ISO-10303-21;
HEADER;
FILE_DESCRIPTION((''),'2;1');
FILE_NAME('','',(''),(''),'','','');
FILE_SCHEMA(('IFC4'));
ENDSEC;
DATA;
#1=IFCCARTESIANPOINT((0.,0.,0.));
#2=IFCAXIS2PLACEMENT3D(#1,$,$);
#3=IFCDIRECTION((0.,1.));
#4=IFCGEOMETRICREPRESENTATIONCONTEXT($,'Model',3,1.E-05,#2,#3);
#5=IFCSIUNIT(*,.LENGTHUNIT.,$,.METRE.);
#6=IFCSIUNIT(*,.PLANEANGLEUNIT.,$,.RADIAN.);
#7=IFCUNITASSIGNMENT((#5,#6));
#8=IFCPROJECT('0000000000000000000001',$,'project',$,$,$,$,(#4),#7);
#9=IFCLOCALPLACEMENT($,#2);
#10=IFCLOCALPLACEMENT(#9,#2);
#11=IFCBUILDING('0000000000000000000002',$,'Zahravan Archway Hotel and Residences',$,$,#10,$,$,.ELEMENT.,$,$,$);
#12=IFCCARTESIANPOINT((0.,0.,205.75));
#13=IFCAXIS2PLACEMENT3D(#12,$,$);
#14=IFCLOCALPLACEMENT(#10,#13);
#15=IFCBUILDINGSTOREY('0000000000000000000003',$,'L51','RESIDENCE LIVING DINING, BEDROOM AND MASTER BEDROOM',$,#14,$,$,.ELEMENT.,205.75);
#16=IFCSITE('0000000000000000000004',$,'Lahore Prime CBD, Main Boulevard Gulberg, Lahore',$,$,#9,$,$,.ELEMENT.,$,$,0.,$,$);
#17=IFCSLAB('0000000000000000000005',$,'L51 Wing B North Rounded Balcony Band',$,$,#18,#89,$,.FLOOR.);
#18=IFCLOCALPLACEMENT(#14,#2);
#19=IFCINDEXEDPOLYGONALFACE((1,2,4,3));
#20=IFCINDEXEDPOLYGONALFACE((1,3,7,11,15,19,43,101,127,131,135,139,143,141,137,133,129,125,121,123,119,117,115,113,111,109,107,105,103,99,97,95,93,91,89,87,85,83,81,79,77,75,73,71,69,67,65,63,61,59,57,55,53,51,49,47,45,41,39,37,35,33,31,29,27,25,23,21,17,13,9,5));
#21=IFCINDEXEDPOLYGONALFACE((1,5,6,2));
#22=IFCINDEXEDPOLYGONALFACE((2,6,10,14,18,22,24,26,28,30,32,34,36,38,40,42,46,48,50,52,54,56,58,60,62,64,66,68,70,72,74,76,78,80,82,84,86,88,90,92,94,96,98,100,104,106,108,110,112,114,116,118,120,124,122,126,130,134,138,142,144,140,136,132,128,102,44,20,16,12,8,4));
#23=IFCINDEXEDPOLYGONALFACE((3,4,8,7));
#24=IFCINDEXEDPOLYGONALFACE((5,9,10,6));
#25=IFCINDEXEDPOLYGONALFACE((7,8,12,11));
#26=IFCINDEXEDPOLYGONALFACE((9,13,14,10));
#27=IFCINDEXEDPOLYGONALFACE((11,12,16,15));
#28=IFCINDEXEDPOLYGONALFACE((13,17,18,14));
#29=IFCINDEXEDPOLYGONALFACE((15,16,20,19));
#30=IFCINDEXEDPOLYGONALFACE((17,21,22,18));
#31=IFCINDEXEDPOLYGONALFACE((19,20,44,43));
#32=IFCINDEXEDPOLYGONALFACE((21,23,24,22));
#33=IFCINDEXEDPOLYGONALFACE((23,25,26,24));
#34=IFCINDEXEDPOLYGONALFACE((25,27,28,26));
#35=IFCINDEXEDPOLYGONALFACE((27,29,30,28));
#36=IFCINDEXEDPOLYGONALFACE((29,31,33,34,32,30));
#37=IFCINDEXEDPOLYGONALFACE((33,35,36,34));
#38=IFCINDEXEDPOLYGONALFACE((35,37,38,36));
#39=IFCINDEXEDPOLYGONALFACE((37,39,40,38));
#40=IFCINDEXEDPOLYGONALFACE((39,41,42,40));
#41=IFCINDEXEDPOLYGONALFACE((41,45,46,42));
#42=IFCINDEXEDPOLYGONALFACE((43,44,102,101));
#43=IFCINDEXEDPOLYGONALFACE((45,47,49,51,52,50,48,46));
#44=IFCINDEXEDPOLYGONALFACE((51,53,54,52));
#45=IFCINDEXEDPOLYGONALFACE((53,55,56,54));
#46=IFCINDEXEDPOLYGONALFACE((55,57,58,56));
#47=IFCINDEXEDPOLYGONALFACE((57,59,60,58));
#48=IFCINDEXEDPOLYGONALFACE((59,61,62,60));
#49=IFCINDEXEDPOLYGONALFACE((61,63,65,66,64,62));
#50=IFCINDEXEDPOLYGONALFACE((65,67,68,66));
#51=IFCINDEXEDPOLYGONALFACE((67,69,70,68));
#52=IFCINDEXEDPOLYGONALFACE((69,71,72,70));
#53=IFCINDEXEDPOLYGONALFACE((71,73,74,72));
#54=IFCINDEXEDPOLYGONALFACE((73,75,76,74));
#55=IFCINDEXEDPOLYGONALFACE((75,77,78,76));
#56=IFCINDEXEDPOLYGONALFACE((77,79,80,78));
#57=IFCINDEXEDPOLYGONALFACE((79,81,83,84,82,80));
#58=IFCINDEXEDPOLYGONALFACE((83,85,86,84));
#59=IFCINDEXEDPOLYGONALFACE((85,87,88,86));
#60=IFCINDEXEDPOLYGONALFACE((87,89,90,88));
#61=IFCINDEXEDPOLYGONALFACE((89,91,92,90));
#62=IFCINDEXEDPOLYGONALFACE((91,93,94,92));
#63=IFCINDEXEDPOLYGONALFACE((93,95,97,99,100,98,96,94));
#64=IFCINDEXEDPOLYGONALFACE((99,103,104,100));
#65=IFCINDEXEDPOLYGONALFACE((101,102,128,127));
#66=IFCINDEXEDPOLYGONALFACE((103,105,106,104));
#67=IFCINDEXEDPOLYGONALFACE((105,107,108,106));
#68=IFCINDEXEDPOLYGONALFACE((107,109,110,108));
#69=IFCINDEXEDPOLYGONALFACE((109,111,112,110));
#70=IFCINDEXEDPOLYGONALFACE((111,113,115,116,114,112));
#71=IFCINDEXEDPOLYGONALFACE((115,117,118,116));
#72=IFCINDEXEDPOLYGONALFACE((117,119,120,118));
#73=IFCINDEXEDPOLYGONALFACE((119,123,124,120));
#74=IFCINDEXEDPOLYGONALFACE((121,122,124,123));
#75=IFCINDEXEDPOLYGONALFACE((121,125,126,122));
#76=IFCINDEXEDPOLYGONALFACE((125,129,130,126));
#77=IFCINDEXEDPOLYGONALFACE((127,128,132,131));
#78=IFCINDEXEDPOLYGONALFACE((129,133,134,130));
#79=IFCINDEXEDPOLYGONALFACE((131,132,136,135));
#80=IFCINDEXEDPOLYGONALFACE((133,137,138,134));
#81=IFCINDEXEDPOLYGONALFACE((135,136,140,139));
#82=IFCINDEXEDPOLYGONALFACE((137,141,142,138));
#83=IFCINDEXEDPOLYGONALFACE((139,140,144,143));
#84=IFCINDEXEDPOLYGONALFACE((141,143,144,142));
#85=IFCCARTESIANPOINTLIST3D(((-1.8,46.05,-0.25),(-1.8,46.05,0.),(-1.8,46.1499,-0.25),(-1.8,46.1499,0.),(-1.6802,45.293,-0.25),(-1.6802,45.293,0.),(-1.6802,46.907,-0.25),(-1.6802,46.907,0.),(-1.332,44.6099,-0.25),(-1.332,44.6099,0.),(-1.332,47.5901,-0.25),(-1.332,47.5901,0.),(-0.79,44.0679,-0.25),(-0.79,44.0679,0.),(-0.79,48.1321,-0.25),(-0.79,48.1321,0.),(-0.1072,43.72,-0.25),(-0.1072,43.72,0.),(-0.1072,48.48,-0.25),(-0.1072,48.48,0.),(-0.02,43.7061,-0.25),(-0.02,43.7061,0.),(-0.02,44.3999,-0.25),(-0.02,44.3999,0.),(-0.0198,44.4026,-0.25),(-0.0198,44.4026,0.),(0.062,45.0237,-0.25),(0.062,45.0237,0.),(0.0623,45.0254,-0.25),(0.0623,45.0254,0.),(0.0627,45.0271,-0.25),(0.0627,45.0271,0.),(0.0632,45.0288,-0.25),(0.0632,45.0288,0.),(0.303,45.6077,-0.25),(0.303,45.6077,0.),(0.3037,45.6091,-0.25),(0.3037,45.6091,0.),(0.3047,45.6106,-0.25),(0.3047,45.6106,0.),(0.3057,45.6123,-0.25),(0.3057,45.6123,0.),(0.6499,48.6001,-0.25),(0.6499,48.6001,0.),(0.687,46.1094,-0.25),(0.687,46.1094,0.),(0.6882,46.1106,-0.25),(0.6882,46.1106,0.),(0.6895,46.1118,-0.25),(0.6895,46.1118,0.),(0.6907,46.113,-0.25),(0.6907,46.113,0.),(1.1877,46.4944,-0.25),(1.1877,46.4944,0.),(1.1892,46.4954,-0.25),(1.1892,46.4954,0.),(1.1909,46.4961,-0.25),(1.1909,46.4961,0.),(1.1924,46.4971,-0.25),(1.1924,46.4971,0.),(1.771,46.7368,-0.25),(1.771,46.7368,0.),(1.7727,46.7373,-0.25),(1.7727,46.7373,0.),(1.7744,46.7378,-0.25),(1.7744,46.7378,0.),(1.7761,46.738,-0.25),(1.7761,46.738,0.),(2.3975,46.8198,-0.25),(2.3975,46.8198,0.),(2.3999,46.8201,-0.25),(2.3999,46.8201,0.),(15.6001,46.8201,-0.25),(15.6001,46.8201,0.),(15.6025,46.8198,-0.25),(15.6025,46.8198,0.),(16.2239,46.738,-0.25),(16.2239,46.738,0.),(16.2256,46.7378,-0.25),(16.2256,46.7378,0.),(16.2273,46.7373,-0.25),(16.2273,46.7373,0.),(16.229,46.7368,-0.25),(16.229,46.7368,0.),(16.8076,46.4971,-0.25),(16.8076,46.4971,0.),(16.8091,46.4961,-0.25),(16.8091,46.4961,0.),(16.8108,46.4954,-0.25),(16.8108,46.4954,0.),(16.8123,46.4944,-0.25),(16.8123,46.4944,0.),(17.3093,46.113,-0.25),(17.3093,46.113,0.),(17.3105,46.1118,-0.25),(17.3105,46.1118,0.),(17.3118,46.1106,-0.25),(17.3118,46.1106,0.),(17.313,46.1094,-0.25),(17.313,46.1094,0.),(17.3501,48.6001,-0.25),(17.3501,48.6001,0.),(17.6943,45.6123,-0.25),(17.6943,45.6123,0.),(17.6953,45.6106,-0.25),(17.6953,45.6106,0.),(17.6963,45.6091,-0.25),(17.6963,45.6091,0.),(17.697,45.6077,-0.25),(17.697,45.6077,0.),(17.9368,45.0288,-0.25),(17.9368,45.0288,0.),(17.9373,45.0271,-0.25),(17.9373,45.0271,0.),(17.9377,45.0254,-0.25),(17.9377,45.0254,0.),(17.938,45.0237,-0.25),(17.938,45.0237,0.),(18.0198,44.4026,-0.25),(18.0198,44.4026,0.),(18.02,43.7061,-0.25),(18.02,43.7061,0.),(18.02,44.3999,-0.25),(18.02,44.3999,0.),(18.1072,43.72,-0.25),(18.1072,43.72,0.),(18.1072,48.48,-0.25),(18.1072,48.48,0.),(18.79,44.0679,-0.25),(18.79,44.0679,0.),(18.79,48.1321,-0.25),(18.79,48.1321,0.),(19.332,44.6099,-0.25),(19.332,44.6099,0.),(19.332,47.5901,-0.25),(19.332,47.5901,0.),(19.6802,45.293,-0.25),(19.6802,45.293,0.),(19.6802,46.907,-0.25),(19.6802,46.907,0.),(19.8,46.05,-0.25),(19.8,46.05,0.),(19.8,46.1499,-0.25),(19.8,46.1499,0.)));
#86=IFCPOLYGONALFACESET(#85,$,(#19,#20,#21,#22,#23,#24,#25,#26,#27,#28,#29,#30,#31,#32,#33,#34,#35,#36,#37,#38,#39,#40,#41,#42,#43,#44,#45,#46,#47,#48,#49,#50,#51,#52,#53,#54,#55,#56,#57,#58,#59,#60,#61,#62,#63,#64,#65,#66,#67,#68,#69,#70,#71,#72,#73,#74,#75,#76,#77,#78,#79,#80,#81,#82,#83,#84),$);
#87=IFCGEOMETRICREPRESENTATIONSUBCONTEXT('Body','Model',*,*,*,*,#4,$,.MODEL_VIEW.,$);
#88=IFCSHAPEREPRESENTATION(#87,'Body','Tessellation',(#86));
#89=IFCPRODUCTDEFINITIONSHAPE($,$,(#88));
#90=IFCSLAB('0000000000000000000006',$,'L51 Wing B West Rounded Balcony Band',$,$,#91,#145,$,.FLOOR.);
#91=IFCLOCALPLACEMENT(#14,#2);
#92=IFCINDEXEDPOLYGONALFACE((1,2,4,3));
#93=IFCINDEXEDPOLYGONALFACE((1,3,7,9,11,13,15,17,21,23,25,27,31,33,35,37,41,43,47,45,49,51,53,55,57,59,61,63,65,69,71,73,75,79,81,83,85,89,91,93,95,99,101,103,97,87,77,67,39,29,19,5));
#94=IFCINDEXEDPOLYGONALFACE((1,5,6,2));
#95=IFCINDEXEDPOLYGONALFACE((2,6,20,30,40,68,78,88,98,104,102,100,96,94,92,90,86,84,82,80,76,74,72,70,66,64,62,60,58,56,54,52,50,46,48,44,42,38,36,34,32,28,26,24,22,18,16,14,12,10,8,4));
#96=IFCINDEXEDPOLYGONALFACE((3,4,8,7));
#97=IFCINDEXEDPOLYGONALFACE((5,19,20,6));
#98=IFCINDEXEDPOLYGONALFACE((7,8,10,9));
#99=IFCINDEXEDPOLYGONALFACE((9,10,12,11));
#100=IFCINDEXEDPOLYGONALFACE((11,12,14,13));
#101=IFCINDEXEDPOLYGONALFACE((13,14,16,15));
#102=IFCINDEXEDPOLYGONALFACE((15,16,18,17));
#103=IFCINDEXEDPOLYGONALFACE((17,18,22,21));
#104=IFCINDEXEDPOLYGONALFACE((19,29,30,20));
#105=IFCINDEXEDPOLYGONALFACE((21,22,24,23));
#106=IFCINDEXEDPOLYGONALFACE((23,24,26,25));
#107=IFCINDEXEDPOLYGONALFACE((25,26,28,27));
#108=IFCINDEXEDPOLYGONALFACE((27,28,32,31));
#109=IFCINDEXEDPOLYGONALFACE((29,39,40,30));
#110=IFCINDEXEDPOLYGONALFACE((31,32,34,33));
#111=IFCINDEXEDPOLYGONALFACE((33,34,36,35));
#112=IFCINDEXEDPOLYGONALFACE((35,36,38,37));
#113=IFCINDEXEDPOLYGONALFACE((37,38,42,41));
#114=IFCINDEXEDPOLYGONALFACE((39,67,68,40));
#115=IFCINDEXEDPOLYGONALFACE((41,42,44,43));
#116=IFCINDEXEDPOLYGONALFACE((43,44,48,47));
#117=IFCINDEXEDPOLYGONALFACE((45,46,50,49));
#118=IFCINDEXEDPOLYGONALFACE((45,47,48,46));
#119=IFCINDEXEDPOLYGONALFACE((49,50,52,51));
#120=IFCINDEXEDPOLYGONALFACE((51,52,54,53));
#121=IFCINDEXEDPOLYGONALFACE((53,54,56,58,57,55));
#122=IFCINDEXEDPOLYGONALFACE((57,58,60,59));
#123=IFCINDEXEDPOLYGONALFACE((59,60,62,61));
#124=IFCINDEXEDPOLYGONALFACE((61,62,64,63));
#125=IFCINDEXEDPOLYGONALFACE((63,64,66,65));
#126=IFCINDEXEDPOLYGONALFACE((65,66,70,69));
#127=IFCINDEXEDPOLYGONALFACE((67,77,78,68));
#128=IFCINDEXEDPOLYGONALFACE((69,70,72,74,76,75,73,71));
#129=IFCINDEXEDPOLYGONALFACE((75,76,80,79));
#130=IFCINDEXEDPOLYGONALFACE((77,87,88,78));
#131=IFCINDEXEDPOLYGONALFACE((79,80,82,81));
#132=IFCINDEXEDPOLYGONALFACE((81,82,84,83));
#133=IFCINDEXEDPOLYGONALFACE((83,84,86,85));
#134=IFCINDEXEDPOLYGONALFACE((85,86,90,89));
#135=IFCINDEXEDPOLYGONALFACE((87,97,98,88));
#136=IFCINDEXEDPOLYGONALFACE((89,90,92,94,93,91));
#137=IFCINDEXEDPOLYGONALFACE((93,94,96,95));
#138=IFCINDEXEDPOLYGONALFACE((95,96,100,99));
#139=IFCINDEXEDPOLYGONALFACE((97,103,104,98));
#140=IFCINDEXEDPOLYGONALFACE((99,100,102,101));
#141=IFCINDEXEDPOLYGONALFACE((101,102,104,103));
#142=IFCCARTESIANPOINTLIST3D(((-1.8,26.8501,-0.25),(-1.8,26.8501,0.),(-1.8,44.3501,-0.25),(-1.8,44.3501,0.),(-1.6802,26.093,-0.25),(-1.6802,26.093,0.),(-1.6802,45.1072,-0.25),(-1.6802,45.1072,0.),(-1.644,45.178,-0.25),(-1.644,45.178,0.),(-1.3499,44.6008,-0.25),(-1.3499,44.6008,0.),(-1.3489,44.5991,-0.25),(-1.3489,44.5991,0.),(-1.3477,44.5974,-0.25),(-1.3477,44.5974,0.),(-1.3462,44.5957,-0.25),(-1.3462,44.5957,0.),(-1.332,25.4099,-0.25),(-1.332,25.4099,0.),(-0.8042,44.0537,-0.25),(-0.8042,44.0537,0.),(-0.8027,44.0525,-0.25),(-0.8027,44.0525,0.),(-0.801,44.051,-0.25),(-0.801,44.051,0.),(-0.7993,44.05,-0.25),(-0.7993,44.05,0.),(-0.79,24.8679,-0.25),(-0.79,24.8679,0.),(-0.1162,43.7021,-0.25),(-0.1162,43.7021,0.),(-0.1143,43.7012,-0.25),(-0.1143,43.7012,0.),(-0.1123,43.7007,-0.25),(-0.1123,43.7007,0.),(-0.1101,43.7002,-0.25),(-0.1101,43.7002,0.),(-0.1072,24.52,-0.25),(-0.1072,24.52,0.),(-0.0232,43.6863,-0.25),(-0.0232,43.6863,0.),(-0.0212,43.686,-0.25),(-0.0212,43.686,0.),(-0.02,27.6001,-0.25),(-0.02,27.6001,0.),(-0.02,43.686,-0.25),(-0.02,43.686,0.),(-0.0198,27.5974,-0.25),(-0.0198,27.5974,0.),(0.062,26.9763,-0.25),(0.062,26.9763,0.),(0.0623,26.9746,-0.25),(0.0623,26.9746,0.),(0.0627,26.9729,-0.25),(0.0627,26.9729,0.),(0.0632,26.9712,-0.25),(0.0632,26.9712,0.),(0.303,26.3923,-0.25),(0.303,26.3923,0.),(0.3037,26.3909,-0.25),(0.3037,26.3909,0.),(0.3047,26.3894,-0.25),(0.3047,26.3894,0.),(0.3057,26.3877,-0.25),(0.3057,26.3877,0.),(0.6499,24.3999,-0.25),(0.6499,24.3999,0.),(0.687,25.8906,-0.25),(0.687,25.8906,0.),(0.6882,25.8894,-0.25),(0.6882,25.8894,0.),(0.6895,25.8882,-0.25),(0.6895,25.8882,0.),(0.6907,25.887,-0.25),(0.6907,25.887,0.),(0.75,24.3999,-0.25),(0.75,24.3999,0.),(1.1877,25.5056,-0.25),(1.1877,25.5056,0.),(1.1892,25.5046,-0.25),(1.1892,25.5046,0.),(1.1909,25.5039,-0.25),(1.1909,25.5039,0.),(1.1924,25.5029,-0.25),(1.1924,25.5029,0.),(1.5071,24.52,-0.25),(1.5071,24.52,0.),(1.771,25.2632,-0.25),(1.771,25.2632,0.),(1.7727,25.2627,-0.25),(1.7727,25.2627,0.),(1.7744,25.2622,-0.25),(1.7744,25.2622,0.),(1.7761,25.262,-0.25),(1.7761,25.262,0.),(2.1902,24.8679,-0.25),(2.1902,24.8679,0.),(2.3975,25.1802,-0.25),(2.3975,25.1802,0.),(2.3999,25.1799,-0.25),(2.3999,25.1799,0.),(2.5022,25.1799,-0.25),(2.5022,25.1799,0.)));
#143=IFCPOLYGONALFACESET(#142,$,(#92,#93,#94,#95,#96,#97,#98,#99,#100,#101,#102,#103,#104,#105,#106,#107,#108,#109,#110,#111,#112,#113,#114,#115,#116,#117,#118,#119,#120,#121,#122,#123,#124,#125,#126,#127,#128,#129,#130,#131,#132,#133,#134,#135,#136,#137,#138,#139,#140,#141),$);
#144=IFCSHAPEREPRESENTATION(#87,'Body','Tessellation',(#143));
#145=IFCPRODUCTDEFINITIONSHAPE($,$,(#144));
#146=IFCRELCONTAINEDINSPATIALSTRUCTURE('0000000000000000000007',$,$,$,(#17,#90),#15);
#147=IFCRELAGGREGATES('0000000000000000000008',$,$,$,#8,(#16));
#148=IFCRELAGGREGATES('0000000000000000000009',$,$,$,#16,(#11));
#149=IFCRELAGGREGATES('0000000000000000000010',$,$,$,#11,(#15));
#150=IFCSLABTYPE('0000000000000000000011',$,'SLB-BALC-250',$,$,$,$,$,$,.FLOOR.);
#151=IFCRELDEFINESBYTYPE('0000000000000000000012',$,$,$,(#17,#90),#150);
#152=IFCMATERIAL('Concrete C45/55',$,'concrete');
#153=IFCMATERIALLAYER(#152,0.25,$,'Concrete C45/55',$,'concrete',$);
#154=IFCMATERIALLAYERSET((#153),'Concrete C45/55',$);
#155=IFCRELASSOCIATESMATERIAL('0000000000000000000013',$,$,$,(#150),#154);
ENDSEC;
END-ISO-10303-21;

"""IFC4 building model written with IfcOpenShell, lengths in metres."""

from ifc_helpers import new_model, si_unit, direction, frame, origin, place, context, subcontext, project, spatial, polyline, outline, extrude, material, layer, layer_set, type_object, element, save


model = new_model("IFC4")

# Units and contexts
model_context = context("Model", 3, precision=1e-05, world=origin(), true_north=direction((0.0, 1.0)))
body_context = subcontext(model_context, "Body", "Model", "MODEL_VIEW")
ifc_project = project(units=[si_unit("LENGTHUNIT", "METRE"), si_unit("PLANEANGLEUNIT", "RADIAN")], contexts=[model_context])

# Site, building, storey
site_placement = place(None, origin())
site = spatial("IfcSite", under=ifc_project, at=site_placement, Name="Lahore Prime CBD, Main Boulevard Gulberg, Lahore", CompositionType="ELEMENT", RefElevation=0.0)
building_placement = place(site_placement, origin())
building = spatial("IfcBuilding", under=site, at=building_placement, Name="Zahravan Archway Hotel and Residences", CompositionType="ELEMENT")
storey_placement = place(building_placement, frame((0.0, 0.0, 205.75)))
storey = spatial("IfcBuildingStorey", under=building, at=storey_placement, Name="L51", Description="RESIDENCE LIVING DINING, BEDROOM AND MASTER BEDROOM", CompositionType="ELEMENT", Elevation=205.75)

# Slabs
ifc_material_1 = material(Name="Concrete C45/55", Category="concrete")
ifc_layer_1 = layer(ifc_material_1, 0.25, Name="Concrete C45/55", Category="concrete")
ifc_layer_set_1 = layer_set([ifc_layer_1], Name="Concrete C45/55")
slab_type_1 = type_object("IfcSlabType", Name="SLB-BALC-250", PredefinedType="FLOOR", material=ifc_layer_set_1)
slab_1_placement = place(storey_placement, frame((0.0, 0.0, -0.25)))
element("IfcSlab", 1, at=slab_1_placement, inside=storey, type_object=slab_type_1, Name="L51 Wing B North Rounded Balcony Band", PredefinedType="FLOOR", context=body_context, shape_type="SweptSolid", body=[
    extrude(outline(polyline([(-0.1072, 43.72), (-0.79, 44.0679), (-1.332, 44.6099), (-1.6802, 45.293), (-1.8, 46.05), (-1.8, 46.1499), (-1.6802, 46.907), (-1.332, 47.5901), (-0.79, 48.1321), (-0.1072, 48.48), (0.6499, 48.6001), (17.3501, 48.6001), (18.1072, 48.48), (18.79, 48.1321), (19.332, 47.5901), (19.6802, 46.907), (19.8, 46.1499), (19.8, 46.05), (19.6802, 45.293), (19.332, 44.6099), (18.79, 44.0679), (18.1072, 43.72), (18.02, 43.7061), (18.02, 44.3999), (18.0198, 44.4026), (17.938, 45.0237), (17.9377, 45.0254), (17.9373, 45.0271), (17.9368, 45.0288), (17.697, 45.6077), (17.6963, 45.6091), (17.6953, 45.6106), (17.6943, 45.6123), (17.313, 46.1094), (17.3118, 46.1106), (17.3105, 46.1118), (17.3093, 46.113), (16.8123, 46.4944), (16.8108, 46.4954), (16.8091, 46.4961), (16.8076, 46.4971), (16.229, 46.7368), (16.2273, 46.7373), (16.2256, 46.7378), (16.2239, 46.738), (15.6025, 46.8198), (15.6001, 46.8201), (2.3999, 46.8201), (2.3975, 46.8198), (1.7761, 46.738), (1.7744, 46.7378), (1.7727, 46.7373), (1.771, 46.7368), (1.1924, 46.4971), (1.1909, 46.4961), (1.1892, 46.4954), (1.1877, 46.4944), (0.6907, 46.113), (0.6895, 46.1118), (0.6882, 46.1106), (0.687, 46.1094), (0.3057, 45.6123), (0.3047, 45.6106), (0.3037, 45.6091), (0.303, 45.6077), (0.0632, 45.0288), (0.0627, 45.0271), (0.0623, 45.0254), (0.062, 45.0237), (-0.0198, 44.4026), (-0.02, 44.3999), (-0.02, 43.7061), (-0.1072, 43.72)])), origin(), (0.0, 0.0, 1.0), 0.25),
])
slab_2_placement = place(storey_placement, frame((0.0, 0.0, -0.25)))
element("IfcSlab", 2, at=slab_2_placement, inside=storey, type_object=slab_type_1, Name="L51 Wing B West Rounded Balcony Band", PredefinedType="FLOOR", context=body_context, shape_type="SweptSolid", body=[
    extrude(outline(polyline([(2.1902, 24.8679), (1.5071, 24.52), (0.75, 24.3999), (0.6499, 24.3999), (-0.1072, 24.52), (-0.79, 24.8679), (-1.332, 25.4099), (-1.6802, 26.093), (-1.8, 26.8501), (-1.8, 44.3501), (-1.6802, 45.1072), (-1.644, 45.178), (-1.3499, 44.6008), (-1.3489, 44.5991), (-1.3477, 44.5974), (-1.3462, 44.5957), (-0.8042, 44.0537), (-0.8027, 44.0525), (-0.801, 44.051), (-0.7993, 44.05), (-0.1162, 43.7021), (-0.1143, 43.7012), (-0.1123, 43.7007), (-0.1101, 43.7002), (-0.0232, 43.6863), (-0.0212, 43.686), (-0.02, 43.686), (-0.02, 27.6001), (-0.0198, 27.5974), (0.062, 26.9763), (0.0623, 26.9746), (0.0627, 26.9729), (0.0632, 26.9712), (0.303, 26.3923), (0.3037, 26.3909), (0.3047, 26.3894), (0.3057, 26.3877), (0.687, 25.8906), (0.6882, 25.8894), (0.6895, 25.8882), (0.6907, 25.887), (1.1877, 25.5056), (1.1892, 25.5046), (1.1909, 25.5039), (1.1924, 25.5029), (1.771, 25.2632), (1.7727, 25.2627), (1.7744, 25.2622), (1.7761, 25.262), (2.3975, 25.1802), (2.3999, 25.1799), (2.5022, 25.1799), (2.1902, 24.8679)])), origin(), (0.0, 0.0, 1.0), 0.25),
])

save(model, "model.ifc")
